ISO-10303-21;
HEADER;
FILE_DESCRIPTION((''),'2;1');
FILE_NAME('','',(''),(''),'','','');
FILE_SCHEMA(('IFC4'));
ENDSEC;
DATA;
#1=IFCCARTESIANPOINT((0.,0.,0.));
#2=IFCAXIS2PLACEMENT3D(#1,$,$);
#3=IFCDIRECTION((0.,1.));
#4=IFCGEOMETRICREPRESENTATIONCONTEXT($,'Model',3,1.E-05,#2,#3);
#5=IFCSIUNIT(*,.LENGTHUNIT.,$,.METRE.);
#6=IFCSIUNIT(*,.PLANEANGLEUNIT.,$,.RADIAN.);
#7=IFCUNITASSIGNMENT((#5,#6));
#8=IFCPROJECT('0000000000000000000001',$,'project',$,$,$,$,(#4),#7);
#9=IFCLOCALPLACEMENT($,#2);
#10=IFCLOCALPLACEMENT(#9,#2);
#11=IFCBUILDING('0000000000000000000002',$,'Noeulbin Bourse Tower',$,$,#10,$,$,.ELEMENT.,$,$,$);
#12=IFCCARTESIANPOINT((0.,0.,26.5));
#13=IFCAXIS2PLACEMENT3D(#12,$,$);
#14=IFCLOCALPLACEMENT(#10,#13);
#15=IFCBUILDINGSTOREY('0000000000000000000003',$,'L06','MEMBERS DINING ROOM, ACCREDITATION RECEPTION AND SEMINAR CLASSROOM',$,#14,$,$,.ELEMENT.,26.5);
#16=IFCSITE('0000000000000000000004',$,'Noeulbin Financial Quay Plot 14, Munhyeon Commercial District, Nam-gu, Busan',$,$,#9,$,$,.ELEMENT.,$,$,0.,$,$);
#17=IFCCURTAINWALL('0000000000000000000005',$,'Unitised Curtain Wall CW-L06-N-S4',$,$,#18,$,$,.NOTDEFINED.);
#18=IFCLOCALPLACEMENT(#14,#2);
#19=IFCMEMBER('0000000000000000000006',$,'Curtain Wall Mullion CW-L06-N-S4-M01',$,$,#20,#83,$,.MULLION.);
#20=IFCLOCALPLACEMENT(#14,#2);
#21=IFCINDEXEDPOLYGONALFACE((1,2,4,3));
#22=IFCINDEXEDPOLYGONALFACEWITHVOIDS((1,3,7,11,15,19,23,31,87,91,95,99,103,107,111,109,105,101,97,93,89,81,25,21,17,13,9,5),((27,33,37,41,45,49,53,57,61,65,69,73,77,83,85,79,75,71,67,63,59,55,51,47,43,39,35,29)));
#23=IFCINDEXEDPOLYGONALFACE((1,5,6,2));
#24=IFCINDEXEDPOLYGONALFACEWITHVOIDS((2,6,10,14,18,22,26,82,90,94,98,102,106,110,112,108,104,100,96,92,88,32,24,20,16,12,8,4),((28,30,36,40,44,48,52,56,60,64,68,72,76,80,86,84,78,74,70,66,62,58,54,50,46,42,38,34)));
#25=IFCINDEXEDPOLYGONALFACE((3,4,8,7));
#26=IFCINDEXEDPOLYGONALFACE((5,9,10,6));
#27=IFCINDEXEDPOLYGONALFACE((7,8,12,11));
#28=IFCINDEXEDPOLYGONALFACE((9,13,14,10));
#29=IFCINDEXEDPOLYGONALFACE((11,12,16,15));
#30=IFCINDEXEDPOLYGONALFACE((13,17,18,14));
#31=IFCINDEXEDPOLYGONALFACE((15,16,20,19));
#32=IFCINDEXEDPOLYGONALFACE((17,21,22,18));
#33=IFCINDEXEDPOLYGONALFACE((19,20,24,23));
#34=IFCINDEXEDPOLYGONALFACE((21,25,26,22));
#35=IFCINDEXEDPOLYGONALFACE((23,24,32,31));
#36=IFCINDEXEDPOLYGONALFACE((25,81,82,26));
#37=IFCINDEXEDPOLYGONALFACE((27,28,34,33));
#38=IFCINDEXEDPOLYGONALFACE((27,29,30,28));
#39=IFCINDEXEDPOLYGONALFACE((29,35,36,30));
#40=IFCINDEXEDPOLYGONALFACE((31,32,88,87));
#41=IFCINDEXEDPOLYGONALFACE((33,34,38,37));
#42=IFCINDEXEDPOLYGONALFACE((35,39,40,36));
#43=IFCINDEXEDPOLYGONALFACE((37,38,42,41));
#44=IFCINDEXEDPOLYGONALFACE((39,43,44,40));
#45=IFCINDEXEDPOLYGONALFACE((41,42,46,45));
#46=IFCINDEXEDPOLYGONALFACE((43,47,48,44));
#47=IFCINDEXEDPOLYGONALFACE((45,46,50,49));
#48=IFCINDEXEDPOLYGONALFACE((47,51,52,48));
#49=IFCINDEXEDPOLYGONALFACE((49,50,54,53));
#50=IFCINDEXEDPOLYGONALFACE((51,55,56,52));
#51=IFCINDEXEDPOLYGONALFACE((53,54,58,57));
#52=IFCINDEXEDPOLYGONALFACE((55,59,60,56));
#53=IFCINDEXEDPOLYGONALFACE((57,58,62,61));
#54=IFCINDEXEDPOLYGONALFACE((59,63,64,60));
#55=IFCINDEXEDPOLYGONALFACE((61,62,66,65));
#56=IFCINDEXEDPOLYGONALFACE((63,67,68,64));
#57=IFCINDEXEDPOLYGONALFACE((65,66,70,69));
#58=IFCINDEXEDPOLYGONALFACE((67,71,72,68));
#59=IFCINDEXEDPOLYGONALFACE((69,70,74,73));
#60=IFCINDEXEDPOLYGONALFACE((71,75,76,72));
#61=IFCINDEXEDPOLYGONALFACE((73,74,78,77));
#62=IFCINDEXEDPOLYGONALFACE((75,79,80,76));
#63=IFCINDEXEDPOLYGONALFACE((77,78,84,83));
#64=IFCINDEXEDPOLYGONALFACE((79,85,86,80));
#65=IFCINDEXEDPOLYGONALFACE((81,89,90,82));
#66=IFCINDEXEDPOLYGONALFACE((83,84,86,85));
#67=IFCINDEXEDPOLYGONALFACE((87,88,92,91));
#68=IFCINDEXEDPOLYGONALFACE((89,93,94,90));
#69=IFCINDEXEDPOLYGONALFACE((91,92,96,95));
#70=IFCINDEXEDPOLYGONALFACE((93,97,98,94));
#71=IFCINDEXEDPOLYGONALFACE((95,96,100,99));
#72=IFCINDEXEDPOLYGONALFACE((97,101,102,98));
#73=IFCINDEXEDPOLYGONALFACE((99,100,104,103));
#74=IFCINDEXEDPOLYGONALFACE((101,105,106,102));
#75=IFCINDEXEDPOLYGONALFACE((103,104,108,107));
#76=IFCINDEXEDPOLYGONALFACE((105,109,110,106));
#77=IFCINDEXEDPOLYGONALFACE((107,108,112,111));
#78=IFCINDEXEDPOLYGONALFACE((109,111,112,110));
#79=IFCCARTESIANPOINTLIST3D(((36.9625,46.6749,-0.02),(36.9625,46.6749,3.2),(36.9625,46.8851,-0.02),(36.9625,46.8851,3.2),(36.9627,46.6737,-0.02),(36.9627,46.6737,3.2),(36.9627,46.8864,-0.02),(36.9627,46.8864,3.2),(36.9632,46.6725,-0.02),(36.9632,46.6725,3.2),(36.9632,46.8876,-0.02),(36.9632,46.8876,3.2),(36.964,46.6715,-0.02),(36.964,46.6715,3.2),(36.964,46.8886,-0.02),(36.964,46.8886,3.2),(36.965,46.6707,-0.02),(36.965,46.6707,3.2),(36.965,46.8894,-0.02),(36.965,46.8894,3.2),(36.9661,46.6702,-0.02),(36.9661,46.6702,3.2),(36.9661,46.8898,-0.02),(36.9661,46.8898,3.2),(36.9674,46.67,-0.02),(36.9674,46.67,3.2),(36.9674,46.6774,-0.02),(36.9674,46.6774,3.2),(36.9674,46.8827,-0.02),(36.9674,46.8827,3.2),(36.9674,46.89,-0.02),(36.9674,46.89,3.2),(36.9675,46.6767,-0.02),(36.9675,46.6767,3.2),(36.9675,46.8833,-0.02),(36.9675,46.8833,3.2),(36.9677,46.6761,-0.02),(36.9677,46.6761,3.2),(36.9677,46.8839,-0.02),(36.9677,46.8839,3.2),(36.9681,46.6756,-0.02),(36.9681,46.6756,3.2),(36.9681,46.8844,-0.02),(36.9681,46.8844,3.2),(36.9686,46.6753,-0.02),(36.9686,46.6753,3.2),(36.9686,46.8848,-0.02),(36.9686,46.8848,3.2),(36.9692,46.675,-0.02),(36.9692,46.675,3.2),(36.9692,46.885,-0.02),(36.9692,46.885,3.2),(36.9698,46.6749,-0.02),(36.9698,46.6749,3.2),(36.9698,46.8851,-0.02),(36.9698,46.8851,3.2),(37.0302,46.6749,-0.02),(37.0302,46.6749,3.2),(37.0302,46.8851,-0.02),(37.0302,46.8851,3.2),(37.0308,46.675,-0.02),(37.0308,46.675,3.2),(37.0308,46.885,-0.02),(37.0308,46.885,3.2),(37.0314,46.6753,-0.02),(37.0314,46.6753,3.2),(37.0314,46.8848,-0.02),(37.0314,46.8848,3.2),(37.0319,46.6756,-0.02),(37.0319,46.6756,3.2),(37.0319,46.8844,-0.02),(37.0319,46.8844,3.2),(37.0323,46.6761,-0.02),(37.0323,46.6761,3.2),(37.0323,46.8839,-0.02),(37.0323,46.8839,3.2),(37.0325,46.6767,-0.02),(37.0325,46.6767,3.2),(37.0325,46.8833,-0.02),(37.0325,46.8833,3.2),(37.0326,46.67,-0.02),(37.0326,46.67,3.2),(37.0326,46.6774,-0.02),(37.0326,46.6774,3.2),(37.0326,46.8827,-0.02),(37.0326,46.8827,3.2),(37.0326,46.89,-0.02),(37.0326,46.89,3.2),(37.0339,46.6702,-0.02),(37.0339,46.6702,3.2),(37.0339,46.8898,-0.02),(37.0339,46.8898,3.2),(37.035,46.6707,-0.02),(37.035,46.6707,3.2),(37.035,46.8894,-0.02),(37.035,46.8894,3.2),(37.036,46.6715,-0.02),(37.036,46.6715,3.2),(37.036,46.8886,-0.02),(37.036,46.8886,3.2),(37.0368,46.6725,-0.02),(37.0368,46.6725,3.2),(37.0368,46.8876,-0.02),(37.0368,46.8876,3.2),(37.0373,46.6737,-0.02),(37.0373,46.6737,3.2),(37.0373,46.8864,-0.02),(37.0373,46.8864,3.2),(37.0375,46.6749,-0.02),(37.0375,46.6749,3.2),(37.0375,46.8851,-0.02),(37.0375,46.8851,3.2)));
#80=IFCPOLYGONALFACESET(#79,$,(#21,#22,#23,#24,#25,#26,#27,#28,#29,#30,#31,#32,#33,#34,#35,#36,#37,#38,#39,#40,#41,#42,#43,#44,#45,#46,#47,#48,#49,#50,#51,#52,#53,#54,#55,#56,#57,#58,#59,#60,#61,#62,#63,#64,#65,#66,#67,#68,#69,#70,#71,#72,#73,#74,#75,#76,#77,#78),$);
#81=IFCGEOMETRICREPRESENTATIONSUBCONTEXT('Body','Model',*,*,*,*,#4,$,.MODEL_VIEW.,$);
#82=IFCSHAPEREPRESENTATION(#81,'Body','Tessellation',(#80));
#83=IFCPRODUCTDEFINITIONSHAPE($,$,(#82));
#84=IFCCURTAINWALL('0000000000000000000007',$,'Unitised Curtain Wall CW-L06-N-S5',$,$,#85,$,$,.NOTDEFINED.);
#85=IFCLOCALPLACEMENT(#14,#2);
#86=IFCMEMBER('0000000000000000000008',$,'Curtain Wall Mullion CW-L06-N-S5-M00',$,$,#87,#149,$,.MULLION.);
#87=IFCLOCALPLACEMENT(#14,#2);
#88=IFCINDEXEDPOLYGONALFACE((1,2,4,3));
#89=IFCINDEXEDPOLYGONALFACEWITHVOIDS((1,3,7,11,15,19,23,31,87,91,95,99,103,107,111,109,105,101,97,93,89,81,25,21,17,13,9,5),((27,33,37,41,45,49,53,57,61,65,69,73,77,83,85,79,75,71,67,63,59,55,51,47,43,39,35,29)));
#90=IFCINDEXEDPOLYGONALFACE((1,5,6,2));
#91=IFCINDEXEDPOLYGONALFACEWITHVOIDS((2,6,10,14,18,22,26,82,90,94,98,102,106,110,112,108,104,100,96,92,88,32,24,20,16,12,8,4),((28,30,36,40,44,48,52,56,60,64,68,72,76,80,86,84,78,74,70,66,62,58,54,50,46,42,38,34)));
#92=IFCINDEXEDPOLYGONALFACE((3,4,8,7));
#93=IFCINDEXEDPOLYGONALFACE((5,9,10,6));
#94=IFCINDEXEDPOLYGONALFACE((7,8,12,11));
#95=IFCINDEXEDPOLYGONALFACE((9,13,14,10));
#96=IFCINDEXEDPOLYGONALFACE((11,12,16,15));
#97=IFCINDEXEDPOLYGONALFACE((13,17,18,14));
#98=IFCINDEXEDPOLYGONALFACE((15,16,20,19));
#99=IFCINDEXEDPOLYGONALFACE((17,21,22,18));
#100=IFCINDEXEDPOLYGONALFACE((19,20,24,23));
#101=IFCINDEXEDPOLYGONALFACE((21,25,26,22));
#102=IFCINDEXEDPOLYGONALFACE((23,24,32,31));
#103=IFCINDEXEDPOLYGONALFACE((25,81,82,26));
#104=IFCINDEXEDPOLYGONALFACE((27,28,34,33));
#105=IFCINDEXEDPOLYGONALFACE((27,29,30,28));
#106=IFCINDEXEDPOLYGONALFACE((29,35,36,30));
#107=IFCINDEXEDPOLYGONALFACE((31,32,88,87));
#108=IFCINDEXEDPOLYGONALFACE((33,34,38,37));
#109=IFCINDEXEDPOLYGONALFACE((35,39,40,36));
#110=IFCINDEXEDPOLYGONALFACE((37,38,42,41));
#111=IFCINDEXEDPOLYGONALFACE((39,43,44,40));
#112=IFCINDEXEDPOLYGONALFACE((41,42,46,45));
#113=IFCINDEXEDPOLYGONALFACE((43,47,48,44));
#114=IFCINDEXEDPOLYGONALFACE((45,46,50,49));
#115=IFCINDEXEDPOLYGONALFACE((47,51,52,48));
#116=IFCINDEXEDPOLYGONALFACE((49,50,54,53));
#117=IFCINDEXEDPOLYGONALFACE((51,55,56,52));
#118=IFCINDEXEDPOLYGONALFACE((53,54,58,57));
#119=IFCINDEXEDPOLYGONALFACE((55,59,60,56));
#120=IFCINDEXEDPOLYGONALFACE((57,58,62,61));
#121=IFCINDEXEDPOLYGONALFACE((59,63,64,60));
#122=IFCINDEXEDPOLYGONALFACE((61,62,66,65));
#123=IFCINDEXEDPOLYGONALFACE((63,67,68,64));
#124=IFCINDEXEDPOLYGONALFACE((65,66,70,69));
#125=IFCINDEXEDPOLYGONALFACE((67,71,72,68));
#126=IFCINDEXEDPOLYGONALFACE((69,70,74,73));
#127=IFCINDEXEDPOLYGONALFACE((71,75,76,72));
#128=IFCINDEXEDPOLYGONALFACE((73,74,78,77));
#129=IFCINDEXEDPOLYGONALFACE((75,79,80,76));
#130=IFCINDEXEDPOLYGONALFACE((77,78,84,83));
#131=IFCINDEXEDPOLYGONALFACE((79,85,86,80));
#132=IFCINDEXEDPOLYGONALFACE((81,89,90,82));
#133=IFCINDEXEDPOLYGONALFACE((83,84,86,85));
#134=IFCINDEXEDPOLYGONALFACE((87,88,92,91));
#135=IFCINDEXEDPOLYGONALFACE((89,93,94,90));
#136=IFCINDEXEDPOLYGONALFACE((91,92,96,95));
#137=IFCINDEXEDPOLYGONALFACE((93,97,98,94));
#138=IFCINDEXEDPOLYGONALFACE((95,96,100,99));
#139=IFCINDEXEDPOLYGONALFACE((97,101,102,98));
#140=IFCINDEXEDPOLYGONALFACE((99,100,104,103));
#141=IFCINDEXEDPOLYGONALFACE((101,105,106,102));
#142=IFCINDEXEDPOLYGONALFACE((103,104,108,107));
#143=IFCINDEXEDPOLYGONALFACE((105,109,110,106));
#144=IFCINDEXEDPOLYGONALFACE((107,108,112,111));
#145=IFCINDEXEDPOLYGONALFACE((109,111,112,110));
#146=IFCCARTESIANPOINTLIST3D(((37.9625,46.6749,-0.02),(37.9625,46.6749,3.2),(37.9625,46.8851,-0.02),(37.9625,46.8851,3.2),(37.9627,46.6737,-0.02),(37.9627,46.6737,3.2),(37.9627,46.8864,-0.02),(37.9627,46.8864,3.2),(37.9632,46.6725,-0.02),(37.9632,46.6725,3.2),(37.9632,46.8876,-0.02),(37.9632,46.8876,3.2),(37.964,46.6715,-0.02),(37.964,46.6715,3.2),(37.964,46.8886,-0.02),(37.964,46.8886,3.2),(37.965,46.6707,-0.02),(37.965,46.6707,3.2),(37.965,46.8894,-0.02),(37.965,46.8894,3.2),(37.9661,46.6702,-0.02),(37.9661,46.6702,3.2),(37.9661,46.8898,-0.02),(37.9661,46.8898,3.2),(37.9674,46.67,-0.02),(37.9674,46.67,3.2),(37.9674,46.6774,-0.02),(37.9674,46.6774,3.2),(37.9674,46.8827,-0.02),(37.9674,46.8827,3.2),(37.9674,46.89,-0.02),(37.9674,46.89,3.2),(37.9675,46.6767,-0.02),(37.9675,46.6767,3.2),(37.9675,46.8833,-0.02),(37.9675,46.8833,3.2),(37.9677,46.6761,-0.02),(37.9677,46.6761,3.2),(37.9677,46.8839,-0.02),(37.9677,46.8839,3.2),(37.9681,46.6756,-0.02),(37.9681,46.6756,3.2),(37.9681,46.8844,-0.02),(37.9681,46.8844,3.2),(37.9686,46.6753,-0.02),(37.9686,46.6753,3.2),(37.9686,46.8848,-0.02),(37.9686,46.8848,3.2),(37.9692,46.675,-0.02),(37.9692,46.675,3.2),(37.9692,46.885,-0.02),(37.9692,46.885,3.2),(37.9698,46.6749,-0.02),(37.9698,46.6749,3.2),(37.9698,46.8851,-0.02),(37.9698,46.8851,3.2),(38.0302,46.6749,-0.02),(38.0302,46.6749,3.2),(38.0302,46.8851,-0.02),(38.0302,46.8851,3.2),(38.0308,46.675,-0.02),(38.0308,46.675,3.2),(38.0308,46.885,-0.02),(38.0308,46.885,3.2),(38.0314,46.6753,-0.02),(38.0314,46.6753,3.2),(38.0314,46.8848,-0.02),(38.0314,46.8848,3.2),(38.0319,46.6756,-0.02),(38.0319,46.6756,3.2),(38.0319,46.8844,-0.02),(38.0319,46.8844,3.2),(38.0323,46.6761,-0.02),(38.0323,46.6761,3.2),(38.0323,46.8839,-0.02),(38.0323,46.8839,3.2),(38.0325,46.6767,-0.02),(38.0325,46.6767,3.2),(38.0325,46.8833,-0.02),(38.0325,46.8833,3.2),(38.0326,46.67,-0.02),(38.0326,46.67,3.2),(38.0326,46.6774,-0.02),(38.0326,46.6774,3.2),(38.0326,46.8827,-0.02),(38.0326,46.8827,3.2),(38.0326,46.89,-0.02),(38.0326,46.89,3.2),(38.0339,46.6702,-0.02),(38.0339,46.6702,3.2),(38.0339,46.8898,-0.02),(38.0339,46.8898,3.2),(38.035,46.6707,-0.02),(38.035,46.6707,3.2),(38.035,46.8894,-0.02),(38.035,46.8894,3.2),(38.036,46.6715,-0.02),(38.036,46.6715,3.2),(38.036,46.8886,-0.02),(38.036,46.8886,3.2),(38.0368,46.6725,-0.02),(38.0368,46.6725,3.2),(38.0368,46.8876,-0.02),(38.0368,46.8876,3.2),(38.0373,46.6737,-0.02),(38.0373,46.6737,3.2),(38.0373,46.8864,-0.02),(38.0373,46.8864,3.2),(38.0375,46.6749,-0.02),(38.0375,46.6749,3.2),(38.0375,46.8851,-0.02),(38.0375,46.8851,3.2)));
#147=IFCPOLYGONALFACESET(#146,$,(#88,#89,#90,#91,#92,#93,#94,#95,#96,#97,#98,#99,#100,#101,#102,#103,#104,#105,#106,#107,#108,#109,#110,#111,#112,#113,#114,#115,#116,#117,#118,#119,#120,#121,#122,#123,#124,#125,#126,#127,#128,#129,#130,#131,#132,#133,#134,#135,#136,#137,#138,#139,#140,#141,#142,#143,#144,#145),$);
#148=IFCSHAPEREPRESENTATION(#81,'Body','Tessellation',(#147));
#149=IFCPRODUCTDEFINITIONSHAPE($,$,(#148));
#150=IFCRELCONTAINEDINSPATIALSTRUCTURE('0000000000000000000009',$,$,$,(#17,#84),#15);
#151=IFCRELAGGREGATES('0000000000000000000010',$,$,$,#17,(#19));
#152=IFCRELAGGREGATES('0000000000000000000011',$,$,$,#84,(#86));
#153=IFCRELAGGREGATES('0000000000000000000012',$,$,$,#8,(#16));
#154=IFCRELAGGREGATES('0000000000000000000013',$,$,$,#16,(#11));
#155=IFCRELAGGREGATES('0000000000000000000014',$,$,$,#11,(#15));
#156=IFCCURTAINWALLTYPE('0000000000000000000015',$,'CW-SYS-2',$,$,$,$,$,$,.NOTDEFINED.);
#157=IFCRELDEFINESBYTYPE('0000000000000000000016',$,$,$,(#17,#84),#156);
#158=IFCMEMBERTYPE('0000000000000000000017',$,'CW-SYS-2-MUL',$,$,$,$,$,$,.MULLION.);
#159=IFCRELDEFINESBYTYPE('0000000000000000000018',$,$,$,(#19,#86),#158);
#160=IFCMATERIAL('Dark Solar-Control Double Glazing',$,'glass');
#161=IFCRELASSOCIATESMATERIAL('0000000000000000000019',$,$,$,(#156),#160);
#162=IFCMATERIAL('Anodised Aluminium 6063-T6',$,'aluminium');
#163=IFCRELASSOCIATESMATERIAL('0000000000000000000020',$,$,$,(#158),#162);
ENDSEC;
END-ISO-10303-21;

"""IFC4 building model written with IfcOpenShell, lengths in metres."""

from ifc_helpers import new_model, si_unit, direction, frame, origin, origin_2d, place, context, subcontext, project, spatial, hollow_rectangle, extrude, material, material_profile, profile_set, type_object, element, aggregate, save


model = new_model("IFC4")

# Units and contexts
model_context = context("Model", 3, precision=1e-05, world=origin(), true_north=direction((0.0, 1.0)))
body_context = subcontext(model_context, "Body", "Model", "MODEL_VIEW")
ifc_project = project(units=[si_unit("LENGTHUNIT", "METRE"), si_unit("PLANEANGLEUNIT", "RADIAN")], contexts=[model_context])

# Site, building, storey
site_placement = place(None, origin())
site = spatial("IfcSite", under=ifc_project, at=site_placement, Name="Noeulbin Financial Quay Plot 14, Munhyeon Commercial District, Nam-gu, Busan", CompositionType="ELEMENT", RefElevation=0.0)
building_placement = place(site_placement, origin())
building = spatial("IfcBuilding", under=site, at=building_placement, Name="Noeulbin Bourse Tower", CompositionType="ELEMENT")
storey_placement = place(building_placement, frame((0.0, 0.0, 26.5)))
storey = spatial("IfcBuildingStorey", under=building, at=storey_placement, Name="L06", Description="MEMBERS DINING ROOM, ACCREDITATION RECEPTION AND SEMINAR CLASSROOM", CompositionType="ELEMENT", Elevation=26.5)

# Shared definitions
ifc_material_1 = material(Name="Dark Solar-Control Double Glazing", Category="glass")
curtain_wall_type = type_object("IfcCurtainWallType", Name="CW-SYS-2", PredefinedType="NOTDEFINED", material=ifc_material_1)
ifc_material_2 = material(Name="Anodised Aluminium 6063-T6", Category="aluminium")
ifc_material_profile_1 = material_profile(ifc_material_2, hollow_rectangle(XDim=0.075, YDim=0.22, WallThickness=0.0049, InnerFilletRadius=0.0024, OuterFilletRadius=0.0049, at=origin_2d()), Name="ALU-MULL-75x220x5", Category="LoadBearing")
ifc_profile_set_1 = profile_set([ifc_material_profile_1], Name="Anodised Aluminium 6063-T6")
member_type_1 = type_object("IfcMemberType", Name="CW-SYS-2-MUL", PredefinedType="MULLION", material=ifc_profile_set_1)

# Curtain wall, member
curtain_wall_1_placement = place(storey_placement, origin())
curtain_wall_1 = element("IfcCurtainWall", 1, at=curtain_wall_1_placement, inside=storey, type_object=curtain_wall_type, Name="Unitised Curtain Wall CW-L06-N-S4", PredefinedType="NOTDEFINED")
member_1_placement = place(storey_placement, frame((37.0, 46.78, -0.02), z_axis=(0.0, 0.0, 1.0), x_axis=(1.0, 0.0, 0.0)))
member_1 = element("IfcMember", 2, at=member_1_placement, type_object=member_type_1, Name="Curtain Wall Mullion CW-L06-N-S4-M01", PredefinedType="MULLION", context=body_context, shape_type="SweptSolid", body=[
    extrude(hollow_rectangle(XDim=0.075, YDim=0.22, WallThickness=0.0049, InnerFilletRadius=0.0024, OuterFilletRadius=0.0049, at=origin_2d()), origin(), (0.0, 0.0, 1.0), 3.22),
])

# Curtain wall, member
curtain_wall_2_placement = place(storey_placement, origin())
curtain_wall_2 = element("IfcCurtainWall", 3, at=curtain_wall_2_placement, inside=storey, type_object=curtain_wall_type, Name="Unitised Curtain Wall CW-L06-N-S5", PredefinedType="NOTDEFINED")
member_2_placement = place(storey_placement, frame((38.0, 46.78, -0.02), z_axis=(0.0, 0.0, 1.0), x_axis=(1.0, 0.0, 0.0)))
member_2 = element("IfcMember", 4, at=member_2_placement, type_object=member_type_1, Name="Curtain Wall Mullion CW-L06-N-S5-M00", PredefinedType="MULLION", context=body_context, shape_type="SweptSolid", body=[
    extrude(hollow_rectangle(XDim=0.075, YDim=0.22, WallThickness=0.0049, InnerFilletRadius=0.0024, OuterFilletRadius=0.0049, at=origin_2d()), origin(), (0.0, 0.0, 1.0), 3.22),
])

aggregate(curtain_wall_1, [member_1])
aggregate(curtain_wall_2, [member_2])

save(model, "model.ifc")
